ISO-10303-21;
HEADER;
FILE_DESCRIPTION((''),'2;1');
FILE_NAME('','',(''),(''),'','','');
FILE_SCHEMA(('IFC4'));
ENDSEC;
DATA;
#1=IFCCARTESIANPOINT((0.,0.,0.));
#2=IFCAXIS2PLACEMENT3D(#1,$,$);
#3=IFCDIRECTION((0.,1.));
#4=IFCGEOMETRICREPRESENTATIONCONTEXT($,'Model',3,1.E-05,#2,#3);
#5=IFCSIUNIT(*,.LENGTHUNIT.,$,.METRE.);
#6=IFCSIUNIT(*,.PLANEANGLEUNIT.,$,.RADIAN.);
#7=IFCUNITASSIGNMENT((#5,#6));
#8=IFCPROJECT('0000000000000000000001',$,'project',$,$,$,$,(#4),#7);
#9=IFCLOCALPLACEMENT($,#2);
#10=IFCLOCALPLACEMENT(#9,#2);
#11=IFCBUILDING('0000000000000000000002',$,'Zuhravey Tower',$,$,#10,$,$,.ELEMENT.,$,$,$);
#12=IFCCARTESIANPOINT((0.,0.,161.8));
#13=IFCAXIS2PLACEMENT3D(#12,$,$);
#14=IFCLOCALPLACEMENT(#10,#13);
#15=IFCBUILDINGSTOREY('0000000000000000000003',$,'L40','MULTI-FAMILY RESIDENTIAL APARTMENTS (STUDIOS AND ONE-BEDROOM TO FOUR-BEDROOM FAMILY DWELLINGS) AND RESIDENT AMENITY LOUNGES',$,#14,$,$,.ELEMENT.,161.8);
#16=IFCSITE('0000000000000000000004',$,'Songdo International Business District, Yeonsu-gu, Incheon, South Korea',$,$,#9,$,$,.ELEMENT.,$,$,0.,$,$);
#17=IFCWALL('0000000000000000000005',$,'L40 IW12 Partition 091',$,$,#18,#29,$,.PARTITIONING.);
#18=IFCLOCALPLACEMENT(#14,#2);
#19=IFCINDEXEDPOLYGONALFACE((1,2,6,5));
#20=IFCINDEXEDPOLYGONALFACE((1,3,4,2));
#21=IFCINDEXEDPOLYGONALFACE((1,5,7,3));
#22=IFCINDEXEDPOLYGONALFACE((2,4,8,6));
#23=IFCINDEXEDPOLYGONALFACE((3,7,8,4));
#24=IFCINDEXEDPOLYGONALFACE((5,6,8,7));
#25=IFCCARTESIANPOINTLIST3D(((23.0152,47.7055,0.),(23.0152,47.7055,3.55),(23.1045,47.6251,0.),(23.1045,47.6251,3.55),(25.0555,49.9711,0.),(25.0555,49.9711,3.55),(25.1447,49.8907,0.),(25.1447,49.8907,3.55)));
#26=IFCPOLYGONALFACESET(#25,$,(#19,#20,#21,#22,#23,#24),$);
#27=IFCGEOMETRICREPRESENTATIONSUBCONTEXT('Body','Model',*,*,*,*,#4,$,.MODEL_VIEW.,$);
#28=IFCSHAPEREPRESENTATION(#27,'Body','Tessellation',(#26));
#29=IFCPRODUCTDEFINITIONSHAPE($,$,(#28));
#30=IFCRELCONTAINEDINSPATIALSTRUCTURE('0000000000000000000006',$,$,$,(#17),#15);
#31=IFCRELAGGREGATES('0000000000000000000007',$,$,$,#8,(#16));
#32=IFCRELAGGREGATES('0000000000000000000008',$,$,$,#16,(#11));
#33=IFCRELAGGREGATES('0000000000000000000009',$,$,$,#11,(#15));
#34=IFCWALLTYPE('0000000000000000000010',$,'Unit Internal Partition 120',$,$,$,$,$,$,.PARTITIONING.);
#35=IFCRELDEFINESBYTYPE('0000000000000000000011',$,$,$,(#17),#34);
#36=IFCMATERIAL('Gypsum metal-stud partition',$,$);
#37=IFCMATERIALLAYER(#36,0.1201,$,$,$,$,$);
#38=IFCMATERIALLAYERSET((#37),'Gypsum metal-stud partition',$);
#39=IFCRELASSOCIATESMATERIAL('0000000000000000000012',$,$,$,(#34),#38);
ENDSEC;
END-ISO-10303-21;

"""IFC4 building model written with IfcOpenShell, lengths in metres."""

from ifc_helpers import new_model, si_unit, direction, frame, frame_2d, origin, place, context, subcontext, project, spatial, rectangle, extrude, material, layer, layer_set, type_object, element, save


model = new_model("IFC4")

# Units and contexts
model_context = context("Model", 3, precision=1e-05, world=origin(), true_north=direction((0.0, 1.0)))
body_context = subcontext(model_context, "Body", "Model", "MODEL_VIEW")
ifc_project = project(units=[si_unit("LENGTHUNIT", "METRE"), si_unit("PLANEANGLEUNIT", "RADIAN")], contexts=[model_context])

# Site, building, storey
site_placement = place(None, origin())
site = spatial("IfcSite", under=ifc_project, at=site_placement, Name="Songdo International Business District, Yeonsu-gu, Incheon, South Korea", CompositionType="ELEMENT", RefElevation=0.0)
building_placement = place(site_placement, origin())
building = spatial("IfcBuilding", under=site, at=building_placement, Name="Zuhravey Tower", CompositionType="ELEMENT")
storey_placement = place(building_placement, frame((0.0, 0.0, 161.8)))
storey = spatial("IfcBuildingStorey", under=building, at=storey_placement, Name="L40", Description="MULTI-FAMILY RESIDENTIAL APARTMENTS (STUDIOS AND ONE-BEDROOM TO FOUR-BEDROOM FAMILY DWELLINGS) AND RESIDENT AMENITY LOUNGES", CompositionType="ELEMENT", Elevation=161.8)

# Shared definitions
ifc_material_1 = material(Name="Gypsum metal-stud partition")
ifc_layer_1 = layer(ifc_material_1, 0.1201)
ifc_layer_set_1 = layer_set([ifc_layer_1], Name="Gypsum metal-stud partition")
wall_type_1 = type_object("IfcWallType", Name="Unit Internal Partition 120", PredefinedType="PARTITIONING", material=ifc_layer_set_1)

# Wall
wall_1_placement = place(storey_placement, frame((25.1001, 49.9309, 0.0), z_axis=(0.0, 0.0, 1.0), x_axis=(-0.669186, -0.743095, 0.0)))
element("IfcWall", 1, at=wall_1_placement, inside=storey, type_object=wall_type_1, Name="L40 IW12 Partition 091", PredefinedType="PARTITIONING", context=body_context, shape_type="SweptSolid", body=[
    extrude(rectangle(XDim=3.0488, YDim=0.1201, at=frame_2d((1.5244, 0.0))), origin(), (0.0, 0.0, 1.0), 3.55),
])

save(model, "model.ifc")
